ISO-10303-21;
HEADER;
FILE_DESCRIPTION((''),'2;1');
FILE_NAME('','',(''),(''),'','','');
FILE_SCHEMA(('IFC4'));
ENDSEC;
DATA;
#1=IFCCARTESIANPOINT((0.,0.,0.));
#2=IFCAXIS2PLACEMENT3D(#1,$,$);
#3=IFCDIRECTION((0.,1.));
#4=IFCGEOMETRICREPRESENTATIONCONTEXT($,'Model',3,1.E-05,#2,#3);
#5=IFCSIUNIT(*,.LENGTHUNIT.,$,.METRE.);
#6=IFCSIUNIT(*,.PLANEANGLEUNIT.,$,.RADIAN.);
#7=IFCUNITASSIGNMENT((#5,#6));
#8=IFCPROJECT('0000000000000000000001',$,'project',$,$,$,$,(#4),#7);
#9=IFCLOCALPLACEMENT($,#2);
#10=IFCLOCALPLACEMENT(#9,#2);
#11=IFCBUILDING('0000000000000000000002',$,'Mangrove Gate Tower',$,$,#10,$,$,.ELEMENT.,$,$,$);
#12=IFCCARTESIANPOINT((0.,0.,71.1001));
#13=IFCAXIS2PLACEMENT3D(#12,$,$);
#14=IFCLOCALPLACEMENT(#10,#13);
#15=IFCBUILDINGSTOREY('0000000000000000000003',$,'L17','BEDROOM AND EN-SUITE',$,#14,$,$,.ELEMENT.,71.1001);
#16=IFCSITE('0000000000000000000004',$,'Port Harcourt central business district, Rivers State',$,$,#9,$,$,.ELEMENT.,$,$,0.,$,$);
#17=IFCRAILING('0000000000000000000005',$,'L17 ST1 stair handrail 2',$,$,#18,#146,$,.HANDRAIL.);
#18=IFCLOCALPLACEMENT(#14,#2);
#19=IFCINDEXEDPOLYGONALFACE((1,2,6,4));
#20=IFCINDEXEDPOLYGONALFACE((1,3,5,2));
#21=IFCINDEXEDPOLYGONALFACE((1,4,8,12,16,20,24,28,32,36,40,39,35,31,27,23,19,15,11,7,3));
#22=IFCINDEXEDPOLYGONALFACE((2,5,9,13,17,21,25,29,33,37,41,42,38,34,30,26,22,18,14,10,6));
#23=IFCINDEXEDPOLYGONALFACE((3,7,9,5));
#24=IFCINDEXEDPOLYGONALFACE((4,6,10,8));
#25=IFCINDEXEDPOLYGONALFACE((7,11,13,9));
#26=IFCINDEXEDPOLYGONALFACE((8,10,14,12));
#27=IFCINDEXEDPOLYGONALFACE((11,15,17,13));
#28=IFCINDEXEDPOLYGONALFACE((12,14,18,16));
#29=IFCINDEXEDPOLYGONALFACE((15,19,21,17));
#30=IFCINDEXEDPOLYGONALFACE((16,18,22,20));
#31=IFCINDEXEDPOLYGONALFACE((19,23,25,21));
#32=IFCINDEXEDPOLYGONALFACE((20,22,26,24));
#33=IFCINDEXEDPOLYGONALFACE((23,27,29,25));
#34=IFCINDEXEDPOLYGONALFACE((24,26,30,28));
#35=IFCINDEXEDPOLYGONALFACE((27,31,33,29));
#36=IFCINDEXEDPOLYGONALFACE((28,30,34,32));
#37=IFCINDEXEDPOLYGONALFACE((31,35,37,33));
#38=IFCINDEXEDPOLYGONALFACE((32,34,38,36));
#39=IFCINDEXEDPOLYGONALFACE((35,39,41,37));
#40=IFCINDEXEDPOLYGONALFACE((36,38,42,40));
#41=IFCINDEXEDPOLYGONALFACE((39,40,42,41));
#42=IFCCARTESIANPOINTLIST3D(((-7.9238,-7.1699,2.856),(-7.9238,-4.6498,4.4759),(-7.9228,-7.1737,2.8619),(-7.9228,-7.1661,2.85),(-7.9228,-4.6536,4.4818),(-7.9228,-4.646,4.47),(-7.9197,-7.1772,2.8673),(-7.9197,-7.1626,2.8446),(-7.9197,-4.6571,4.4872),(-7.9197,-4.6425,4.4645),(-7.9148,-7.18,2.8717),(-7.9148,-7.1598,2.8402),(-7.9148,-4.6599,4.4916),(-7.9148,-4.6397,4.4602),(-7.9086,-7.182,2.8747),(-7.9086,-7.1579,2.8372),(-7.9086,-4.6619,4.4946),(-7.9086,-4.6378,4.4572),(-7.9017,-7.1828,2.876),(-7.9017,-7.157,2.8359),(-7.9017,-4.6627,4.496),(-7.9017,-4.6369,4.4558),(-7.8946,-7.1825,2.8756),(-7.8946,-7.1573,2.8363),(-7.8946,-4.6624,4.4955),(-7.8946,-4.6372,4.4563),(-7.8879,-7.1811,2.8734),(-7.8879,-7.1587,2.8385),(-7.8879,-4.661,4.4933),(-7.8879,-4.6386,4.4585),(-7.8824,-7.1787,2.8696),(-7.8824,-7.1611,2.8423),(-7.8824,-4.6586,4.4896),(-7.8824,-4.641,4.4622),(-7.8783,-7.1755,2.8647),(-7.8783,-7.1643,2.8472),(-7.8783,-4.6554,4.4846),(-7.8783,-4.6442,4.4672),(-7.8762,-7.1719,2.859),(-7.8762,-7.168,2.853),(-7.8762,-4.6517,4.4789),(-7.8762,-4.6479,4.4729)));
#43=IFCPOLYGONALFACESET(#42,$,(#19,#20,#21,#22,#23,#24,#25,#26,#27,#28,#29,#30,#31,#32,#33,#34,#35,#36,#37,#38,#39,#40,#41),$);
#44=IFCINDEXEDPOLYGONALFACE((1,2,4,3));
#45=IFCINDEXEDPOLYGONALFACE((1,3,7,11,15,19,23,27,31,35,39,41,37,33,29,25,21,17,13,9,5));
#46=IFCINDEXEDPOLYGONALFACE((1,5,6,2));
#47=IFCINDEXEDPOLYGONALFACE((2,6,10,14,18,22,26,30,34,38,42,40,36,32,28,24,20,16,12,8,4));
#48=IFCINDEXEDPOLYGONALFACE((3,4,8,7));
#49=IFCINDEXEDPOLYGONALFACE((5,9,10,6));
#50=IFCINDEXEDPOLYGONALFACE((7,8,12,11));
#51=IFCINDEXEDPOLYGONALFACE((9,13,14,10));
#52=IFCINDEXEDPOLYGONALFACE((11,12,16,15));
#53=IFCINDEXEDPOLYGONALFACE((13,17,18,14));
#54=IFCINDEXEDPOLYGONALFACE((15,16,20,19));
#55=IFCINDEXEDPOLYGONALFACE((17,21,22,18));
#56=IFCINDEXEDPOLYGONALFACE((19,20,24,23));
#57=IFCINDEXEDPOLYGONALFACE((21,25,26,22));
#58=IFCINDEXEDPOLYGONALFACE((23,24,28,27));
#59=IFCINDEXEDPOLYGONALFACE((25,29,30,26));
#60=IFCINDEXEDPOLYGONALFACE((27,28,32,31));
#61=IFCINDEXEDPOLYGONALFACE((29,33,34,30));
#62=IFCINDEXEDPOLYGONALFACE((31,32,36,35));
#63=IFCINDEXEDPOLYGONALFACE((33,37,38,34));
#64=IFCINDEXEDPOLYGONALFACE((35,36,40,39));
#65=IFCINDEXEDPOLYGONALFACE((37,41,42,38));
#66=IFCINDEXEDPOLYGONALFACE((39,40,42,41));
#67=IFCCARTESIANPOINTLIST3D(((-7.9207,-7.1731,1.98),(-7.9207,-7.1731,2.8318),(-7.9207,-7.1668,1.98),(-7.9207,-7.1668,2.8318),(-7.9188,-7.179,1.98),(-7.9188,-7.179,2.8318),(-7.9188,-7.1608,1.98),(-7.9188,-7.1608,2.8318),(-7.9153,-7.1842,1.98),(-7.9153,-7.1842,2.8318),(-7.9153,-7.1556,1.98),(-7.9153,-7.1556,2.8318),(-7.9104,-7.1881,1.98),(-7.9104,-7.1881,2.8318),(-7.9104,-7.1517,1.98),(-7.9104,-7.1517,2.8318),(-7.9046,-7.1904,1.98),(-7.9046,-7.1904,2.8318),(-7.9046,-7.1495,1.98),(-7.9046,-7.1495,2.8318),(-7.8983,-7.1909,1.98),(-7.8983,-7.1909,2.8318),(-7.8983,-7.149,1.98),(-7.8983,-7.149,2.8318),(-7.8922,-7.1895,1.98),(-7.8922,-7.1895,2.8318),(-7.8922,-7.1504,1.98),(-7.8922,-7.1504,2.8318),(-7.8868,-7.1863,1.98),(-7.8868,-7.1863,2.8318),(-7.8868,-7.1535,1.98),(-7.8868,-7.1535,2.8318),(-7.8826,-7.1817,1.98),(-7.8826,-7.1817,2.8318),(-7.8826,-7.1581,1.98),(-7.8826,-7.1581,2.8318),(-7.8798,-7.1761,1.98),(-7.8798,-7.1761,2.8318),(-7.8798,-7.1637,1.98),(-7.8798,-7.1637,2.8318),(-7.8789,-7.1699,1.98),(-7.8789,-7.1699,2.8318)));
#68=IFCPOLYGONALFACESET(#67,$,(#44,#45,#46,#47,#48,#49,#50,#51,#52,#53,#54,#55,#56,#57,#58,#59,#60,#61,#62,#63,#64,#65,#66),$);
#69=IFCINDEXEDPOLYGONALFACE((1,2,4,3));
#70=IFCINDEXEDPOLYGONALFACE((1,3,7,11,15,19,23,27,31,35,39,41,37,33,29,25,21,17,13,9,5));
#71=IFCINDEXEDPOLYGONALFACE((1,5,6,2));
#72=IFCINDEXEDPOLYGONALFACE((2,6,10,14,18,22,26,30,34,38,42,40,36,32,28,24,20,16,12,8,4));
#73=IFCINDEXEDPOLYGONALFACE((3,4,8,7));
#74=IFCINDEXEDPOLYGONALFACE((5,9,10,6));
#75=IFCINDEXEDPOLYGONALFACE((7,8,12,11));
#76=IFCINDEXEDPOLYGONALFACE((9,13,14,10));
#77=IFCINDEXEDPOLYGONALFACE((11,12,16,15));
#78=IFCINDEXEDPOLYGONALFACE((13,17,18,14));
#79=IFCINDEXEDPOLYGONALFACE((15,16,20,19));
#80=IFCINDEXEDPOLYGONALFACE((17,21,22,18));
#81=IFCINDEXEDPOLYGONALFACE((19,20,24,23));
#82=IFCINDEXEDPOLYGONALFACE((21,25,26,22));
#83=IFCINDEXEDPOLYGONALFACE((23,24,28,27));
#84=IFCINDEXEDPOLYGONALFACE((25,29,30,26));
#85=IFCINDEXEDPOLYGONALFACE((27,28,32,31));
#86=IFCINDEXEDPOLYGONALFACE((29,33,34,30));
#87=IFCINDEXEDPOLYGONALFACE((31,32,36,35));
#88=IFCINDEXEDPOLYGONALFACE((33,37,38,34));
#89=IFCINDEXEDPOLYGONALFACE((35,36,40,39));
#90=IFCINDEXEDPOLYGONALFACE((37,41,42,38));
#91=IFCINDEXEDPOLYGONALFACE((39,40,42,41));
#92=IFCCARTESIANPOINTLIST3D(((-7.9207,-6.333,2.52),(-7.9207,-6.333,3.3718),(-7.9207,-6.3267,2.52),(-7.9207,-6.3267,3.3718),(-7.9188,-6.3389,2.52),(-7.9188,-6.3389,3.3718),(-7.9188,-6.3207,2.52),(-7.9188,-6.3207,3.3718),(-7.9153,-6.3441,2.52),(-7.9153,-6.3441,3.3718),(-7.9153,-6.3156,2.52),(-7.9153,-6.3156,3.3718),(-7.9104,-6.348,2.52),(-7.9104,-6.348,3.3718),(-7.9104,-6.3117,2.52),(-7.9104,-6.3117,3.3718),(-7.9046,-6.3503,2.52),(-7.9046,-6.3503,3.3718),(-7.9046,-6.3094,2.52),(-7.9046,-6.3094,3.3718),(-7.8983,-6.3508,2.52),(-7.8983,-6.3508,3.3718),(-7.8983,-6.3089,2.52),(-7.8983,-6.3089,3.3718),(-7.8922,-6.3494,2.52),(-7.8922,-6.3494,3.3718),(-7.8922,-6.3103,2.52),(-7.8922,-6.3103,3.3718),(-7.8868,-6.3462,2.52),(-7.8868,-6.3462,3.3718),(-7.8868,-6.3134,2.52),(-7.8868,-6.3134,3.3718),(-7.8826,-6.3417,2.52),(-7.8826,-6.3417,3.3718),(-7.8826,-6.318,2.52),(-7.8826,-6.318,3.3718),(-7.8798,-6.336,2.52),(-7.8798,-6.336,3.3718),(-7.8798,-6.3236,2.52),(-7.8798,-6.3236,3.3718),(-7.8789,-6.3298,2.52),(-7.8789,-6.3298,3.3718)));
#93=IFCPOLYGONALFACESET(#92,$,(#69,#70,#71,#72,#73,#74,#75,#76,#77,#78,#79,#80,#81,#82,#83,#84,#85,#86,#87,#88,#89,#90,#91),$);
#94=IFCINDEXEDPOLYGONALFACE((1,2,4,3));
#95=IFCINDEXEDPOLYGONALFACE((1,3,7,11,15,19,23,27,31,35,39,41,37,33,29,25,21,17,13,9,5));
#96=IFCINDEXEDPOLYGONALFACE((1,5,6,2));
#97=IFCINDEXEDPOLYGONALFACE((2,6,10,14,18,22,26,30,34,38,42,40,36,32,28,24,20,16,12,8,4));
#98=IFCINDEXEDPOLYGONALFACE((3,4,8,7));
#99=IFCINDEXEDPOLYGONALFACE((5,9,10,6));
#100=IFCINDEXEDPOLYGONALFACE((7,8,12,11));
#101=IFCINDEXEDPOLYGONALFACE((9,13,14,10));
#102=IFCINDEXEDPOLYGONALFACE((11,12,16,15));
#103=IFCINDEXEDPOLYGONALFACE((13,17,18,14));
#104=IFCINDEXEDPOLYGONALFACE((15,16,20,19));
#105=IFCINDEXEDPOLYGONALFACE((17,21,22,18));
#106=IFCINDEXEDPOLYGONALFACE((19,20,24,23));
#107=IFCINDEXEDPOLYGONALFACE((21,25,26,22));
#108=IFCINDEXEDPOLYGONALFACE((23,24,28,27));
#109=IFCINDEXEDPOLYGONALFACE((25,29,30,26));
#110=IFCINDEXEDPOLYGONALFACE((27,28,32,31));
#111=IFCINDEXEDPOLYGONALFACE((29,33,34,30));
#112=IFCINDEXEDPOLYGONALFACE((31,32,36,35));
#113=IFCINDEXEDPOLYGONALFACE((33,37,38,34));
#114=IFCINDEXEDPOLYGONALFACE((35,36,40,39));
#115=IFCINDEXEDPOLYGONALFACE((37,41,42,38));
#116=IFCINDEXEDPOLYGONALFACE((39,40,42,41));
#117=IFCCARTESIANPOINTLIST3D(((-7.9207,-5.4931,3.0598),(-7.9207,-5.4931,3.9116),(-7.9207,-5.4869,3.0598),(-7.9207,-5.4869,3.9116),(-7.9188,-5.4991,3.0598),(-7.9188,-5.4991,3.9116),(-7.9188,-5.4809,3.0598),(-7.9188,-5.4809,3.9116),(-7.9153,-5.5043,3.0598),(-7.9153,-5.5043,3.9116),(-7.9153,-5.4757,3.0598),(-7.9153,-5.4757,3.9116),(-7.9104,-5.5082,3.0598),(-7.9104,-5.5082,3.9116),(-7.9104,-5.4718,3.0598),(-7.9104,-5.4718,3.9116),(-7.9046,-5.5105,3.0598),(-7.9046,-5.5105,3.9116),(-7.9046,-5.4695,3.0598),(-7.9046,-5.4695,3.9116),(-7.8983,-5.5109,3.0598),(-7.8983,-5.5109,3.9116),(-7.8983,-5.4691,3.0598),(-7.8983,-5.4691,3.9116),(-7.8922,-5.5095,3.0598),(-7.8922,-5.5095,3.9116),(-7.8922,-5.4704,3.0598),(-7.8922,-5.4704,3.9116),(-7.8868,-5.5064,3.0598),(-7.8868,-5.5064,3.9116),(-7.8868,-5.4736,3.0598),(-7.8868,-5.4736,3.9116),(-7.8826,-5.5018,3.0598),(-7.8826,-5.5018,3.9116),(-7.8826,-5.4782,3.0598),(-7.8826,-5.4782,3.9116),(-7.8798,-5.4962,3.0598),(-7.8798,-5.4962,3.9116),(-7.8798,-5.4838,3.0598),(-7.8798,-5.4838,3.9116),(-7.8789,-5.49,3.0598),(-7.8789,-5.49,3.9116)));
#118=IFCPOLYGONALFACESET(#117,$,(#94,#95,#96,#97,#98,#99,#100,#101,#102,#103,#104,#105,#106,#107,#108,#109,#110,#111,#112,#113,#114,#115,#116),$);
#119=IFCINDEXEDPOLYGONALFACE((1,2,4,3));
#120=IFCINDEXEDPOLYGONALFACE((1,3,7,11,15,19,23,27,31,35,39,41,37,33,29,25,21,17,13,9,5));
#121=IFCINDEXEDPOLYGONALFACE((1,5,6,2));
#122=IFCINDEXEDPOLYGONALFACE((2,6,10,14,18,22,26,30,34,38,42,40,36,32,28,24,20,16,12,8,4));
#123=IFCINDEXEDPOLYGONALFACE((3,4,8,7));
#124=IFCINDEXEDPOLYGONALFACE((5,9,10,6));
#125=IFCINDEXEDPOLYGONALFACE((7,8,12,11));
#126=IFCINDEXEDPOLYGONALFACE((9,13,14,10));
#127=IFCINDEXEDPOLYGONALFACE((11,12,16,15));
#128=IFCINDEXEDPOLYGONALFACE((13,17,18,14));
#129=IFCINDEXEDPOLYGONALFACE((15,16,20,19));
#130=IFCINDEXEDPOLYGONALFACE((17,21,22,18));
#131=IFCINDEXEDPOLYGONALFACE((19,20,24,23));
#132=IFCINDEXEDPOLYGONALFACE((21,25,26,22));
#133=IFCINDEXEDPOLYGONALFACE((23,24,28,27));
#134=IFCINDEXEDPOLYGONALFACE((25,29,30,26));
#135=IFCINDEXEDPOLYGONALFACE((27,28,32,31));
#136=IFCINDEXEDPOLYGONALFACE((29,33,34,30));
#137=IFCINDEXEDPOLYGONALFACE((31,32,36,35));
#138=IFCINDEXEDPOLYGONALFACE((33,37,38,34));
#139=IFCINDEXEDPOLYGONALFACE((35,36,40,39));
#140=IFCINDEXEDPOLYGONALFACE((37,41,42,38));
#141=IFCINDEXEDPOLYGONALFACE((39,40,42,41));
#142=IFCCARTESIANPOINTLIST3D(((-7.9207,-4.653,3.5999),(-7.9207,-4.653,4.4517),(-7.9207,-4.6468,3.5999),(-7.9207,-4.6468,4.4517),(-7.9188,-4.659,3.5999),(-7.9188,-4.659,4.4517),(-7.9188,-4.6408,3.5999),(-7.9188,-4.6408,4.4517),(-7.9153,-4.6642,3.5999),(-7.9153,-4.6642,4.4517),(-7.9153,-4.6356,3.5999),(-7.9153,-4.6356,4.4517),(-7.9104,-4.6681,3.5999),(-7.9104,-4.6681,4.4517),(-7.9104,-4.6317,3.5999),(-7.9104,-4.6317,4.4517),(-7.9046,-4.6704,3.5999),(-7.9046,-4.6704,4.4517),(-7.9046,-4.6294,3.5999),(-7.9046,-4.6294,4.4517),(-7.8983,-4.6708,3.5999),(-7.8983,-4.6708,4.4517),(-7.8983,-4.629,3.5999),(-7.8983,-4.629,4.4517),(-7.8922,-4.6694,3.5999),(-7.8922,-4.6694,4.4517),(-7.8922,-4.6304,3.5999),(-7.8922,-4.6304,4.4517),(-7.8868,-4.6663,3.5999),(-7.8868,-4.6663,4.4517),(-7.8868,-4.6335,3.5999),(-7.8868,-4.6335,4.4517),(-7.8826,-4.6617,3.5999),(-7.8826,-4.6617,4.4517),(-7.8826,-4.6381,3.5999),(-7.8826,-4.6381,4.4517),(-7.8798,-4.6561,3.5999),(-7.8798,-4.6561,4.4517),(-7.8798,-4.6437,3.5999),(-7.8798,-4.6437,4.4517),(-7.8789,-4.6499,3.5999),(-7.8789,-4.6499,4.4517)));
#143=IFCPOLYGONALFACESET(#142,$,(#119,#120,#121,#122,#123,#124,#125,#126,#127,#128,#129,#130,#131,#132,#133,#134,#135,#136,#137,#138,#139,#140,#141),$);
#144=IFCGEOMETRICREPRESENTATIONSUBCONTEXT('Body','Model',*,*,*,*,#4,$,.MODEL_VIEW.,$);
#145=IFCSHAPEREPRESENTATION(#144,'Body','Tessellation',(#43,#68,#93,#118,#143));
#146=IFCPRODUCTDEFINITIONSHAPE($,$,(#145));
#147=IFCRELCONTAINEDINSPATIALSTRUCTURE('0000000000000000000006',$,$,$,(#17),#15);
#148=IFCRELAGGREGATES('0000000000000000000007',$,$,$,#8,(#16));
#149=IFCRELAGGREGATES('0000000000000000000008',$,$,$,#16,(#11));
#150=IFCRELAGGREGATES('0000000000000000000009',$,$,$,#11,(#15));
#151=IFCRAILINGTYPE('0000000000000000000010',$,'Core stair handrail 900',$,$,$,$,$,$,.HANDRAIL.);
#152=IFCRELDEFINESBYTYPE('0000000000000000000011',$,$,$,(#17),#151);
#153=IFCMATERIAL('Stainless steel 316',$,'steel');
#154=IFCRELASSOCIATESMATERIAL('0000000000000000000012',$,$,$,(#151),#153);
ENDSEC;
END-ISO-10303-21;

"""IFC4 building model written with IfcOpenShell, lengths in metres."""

from ifc_helpers import new_model, si_unit, direction, frame, origin, origin_2d, place, context, subcontext, project, spatial, circle, extrude, material, type_object, element, save


model = new_model("IFC4")

# Units and contexts
model_context = context("Model", 3, precision=1e-05, world=origin(), true_north=direction((0.0, 1.0)))
body_context = subcontext(model_context, "Body", "Model", "MODEL_VIEW")
ifc_project = project(units=[si_unit("LENGTHUNIT", "METRE"), si_unit("PLANEANGLEUNIT", "RADIAN")], contexts=[model_context])

# Site, building, storey
site_placement = place(None, origin())
site = spatial("IfcSite", under=ifc_project, at=site_placement, Name="Port Harcourt central business district, Rivers State", CompositionType="ELEMENT", RefElevation=0.0)
building_placement = place(site_placement, origin())
building = spatial("IfcBuilding", under=site, at=building_placement, Name="Mangrove Gate Tower", CompositionType="ELEMENT")
storey_placement = place(building_placement, frame((0.0, 0.0, 71.1001)))
storey = spatial("IfcBuildingStorey", under=building, at=storey_placement, Name="L17", Description="BEDROOM AND EN-SUITE", CompositionType="ELEMENT", Elevation=71.1001)

# Railing
ifc_material_1 = material(Name="Stainless steel 316", Category="steel")
railing_type_1 = type_object("IfcRailingType", Name="Core stair handrail 900", PredefinedType="HANDRAIL", material=ifc_material_1)
railing_1_placement = place(storey_placement, frame((-7.8999, -7.1699, 1.98)))
element("IfcRailing", 1, at=railing_1_placement, inside=storey, type_object=railing_type_1, Name="L17 ST1 stair handrail 2", PredefinedType="HANDRAIL", context=body_context, shape_type="SweptSolid", body=[
    extrude(circle(Radius=0.0239, at=origin_2d()), frame((0.0, 0.0, 0.876), z_axis=(0.0, 0.8412, 0.540725), x_axis=(-1.0, 0.0, 0.0)), (0.0, 0.0, 1.0), 2.9958),
    extrude(circle(Radius=0.021, at=origin_2d()), origin(), (0.0, 0.0, 1.0), 0.8518),
    extrude(circle(Radius=0.021, at=origin_2d()), frame((0.0, 0.8401, 0.54)), (0.0, 0.0, 1.0), 0.8518),
    extrude(circle(Radius=0.021, at=origin_2d()), frame((0.0, 1.6799, 1.0798)), (0.0, 0.0, 1.0), 0.8518),
    extrude(circle(Radius=0.021, at=origin_2d()), frame((0.0, 2.52, 1.6199)), (0.0, 0.0, 1.0), 0.8518),
])

save(model, "model.ifc")
